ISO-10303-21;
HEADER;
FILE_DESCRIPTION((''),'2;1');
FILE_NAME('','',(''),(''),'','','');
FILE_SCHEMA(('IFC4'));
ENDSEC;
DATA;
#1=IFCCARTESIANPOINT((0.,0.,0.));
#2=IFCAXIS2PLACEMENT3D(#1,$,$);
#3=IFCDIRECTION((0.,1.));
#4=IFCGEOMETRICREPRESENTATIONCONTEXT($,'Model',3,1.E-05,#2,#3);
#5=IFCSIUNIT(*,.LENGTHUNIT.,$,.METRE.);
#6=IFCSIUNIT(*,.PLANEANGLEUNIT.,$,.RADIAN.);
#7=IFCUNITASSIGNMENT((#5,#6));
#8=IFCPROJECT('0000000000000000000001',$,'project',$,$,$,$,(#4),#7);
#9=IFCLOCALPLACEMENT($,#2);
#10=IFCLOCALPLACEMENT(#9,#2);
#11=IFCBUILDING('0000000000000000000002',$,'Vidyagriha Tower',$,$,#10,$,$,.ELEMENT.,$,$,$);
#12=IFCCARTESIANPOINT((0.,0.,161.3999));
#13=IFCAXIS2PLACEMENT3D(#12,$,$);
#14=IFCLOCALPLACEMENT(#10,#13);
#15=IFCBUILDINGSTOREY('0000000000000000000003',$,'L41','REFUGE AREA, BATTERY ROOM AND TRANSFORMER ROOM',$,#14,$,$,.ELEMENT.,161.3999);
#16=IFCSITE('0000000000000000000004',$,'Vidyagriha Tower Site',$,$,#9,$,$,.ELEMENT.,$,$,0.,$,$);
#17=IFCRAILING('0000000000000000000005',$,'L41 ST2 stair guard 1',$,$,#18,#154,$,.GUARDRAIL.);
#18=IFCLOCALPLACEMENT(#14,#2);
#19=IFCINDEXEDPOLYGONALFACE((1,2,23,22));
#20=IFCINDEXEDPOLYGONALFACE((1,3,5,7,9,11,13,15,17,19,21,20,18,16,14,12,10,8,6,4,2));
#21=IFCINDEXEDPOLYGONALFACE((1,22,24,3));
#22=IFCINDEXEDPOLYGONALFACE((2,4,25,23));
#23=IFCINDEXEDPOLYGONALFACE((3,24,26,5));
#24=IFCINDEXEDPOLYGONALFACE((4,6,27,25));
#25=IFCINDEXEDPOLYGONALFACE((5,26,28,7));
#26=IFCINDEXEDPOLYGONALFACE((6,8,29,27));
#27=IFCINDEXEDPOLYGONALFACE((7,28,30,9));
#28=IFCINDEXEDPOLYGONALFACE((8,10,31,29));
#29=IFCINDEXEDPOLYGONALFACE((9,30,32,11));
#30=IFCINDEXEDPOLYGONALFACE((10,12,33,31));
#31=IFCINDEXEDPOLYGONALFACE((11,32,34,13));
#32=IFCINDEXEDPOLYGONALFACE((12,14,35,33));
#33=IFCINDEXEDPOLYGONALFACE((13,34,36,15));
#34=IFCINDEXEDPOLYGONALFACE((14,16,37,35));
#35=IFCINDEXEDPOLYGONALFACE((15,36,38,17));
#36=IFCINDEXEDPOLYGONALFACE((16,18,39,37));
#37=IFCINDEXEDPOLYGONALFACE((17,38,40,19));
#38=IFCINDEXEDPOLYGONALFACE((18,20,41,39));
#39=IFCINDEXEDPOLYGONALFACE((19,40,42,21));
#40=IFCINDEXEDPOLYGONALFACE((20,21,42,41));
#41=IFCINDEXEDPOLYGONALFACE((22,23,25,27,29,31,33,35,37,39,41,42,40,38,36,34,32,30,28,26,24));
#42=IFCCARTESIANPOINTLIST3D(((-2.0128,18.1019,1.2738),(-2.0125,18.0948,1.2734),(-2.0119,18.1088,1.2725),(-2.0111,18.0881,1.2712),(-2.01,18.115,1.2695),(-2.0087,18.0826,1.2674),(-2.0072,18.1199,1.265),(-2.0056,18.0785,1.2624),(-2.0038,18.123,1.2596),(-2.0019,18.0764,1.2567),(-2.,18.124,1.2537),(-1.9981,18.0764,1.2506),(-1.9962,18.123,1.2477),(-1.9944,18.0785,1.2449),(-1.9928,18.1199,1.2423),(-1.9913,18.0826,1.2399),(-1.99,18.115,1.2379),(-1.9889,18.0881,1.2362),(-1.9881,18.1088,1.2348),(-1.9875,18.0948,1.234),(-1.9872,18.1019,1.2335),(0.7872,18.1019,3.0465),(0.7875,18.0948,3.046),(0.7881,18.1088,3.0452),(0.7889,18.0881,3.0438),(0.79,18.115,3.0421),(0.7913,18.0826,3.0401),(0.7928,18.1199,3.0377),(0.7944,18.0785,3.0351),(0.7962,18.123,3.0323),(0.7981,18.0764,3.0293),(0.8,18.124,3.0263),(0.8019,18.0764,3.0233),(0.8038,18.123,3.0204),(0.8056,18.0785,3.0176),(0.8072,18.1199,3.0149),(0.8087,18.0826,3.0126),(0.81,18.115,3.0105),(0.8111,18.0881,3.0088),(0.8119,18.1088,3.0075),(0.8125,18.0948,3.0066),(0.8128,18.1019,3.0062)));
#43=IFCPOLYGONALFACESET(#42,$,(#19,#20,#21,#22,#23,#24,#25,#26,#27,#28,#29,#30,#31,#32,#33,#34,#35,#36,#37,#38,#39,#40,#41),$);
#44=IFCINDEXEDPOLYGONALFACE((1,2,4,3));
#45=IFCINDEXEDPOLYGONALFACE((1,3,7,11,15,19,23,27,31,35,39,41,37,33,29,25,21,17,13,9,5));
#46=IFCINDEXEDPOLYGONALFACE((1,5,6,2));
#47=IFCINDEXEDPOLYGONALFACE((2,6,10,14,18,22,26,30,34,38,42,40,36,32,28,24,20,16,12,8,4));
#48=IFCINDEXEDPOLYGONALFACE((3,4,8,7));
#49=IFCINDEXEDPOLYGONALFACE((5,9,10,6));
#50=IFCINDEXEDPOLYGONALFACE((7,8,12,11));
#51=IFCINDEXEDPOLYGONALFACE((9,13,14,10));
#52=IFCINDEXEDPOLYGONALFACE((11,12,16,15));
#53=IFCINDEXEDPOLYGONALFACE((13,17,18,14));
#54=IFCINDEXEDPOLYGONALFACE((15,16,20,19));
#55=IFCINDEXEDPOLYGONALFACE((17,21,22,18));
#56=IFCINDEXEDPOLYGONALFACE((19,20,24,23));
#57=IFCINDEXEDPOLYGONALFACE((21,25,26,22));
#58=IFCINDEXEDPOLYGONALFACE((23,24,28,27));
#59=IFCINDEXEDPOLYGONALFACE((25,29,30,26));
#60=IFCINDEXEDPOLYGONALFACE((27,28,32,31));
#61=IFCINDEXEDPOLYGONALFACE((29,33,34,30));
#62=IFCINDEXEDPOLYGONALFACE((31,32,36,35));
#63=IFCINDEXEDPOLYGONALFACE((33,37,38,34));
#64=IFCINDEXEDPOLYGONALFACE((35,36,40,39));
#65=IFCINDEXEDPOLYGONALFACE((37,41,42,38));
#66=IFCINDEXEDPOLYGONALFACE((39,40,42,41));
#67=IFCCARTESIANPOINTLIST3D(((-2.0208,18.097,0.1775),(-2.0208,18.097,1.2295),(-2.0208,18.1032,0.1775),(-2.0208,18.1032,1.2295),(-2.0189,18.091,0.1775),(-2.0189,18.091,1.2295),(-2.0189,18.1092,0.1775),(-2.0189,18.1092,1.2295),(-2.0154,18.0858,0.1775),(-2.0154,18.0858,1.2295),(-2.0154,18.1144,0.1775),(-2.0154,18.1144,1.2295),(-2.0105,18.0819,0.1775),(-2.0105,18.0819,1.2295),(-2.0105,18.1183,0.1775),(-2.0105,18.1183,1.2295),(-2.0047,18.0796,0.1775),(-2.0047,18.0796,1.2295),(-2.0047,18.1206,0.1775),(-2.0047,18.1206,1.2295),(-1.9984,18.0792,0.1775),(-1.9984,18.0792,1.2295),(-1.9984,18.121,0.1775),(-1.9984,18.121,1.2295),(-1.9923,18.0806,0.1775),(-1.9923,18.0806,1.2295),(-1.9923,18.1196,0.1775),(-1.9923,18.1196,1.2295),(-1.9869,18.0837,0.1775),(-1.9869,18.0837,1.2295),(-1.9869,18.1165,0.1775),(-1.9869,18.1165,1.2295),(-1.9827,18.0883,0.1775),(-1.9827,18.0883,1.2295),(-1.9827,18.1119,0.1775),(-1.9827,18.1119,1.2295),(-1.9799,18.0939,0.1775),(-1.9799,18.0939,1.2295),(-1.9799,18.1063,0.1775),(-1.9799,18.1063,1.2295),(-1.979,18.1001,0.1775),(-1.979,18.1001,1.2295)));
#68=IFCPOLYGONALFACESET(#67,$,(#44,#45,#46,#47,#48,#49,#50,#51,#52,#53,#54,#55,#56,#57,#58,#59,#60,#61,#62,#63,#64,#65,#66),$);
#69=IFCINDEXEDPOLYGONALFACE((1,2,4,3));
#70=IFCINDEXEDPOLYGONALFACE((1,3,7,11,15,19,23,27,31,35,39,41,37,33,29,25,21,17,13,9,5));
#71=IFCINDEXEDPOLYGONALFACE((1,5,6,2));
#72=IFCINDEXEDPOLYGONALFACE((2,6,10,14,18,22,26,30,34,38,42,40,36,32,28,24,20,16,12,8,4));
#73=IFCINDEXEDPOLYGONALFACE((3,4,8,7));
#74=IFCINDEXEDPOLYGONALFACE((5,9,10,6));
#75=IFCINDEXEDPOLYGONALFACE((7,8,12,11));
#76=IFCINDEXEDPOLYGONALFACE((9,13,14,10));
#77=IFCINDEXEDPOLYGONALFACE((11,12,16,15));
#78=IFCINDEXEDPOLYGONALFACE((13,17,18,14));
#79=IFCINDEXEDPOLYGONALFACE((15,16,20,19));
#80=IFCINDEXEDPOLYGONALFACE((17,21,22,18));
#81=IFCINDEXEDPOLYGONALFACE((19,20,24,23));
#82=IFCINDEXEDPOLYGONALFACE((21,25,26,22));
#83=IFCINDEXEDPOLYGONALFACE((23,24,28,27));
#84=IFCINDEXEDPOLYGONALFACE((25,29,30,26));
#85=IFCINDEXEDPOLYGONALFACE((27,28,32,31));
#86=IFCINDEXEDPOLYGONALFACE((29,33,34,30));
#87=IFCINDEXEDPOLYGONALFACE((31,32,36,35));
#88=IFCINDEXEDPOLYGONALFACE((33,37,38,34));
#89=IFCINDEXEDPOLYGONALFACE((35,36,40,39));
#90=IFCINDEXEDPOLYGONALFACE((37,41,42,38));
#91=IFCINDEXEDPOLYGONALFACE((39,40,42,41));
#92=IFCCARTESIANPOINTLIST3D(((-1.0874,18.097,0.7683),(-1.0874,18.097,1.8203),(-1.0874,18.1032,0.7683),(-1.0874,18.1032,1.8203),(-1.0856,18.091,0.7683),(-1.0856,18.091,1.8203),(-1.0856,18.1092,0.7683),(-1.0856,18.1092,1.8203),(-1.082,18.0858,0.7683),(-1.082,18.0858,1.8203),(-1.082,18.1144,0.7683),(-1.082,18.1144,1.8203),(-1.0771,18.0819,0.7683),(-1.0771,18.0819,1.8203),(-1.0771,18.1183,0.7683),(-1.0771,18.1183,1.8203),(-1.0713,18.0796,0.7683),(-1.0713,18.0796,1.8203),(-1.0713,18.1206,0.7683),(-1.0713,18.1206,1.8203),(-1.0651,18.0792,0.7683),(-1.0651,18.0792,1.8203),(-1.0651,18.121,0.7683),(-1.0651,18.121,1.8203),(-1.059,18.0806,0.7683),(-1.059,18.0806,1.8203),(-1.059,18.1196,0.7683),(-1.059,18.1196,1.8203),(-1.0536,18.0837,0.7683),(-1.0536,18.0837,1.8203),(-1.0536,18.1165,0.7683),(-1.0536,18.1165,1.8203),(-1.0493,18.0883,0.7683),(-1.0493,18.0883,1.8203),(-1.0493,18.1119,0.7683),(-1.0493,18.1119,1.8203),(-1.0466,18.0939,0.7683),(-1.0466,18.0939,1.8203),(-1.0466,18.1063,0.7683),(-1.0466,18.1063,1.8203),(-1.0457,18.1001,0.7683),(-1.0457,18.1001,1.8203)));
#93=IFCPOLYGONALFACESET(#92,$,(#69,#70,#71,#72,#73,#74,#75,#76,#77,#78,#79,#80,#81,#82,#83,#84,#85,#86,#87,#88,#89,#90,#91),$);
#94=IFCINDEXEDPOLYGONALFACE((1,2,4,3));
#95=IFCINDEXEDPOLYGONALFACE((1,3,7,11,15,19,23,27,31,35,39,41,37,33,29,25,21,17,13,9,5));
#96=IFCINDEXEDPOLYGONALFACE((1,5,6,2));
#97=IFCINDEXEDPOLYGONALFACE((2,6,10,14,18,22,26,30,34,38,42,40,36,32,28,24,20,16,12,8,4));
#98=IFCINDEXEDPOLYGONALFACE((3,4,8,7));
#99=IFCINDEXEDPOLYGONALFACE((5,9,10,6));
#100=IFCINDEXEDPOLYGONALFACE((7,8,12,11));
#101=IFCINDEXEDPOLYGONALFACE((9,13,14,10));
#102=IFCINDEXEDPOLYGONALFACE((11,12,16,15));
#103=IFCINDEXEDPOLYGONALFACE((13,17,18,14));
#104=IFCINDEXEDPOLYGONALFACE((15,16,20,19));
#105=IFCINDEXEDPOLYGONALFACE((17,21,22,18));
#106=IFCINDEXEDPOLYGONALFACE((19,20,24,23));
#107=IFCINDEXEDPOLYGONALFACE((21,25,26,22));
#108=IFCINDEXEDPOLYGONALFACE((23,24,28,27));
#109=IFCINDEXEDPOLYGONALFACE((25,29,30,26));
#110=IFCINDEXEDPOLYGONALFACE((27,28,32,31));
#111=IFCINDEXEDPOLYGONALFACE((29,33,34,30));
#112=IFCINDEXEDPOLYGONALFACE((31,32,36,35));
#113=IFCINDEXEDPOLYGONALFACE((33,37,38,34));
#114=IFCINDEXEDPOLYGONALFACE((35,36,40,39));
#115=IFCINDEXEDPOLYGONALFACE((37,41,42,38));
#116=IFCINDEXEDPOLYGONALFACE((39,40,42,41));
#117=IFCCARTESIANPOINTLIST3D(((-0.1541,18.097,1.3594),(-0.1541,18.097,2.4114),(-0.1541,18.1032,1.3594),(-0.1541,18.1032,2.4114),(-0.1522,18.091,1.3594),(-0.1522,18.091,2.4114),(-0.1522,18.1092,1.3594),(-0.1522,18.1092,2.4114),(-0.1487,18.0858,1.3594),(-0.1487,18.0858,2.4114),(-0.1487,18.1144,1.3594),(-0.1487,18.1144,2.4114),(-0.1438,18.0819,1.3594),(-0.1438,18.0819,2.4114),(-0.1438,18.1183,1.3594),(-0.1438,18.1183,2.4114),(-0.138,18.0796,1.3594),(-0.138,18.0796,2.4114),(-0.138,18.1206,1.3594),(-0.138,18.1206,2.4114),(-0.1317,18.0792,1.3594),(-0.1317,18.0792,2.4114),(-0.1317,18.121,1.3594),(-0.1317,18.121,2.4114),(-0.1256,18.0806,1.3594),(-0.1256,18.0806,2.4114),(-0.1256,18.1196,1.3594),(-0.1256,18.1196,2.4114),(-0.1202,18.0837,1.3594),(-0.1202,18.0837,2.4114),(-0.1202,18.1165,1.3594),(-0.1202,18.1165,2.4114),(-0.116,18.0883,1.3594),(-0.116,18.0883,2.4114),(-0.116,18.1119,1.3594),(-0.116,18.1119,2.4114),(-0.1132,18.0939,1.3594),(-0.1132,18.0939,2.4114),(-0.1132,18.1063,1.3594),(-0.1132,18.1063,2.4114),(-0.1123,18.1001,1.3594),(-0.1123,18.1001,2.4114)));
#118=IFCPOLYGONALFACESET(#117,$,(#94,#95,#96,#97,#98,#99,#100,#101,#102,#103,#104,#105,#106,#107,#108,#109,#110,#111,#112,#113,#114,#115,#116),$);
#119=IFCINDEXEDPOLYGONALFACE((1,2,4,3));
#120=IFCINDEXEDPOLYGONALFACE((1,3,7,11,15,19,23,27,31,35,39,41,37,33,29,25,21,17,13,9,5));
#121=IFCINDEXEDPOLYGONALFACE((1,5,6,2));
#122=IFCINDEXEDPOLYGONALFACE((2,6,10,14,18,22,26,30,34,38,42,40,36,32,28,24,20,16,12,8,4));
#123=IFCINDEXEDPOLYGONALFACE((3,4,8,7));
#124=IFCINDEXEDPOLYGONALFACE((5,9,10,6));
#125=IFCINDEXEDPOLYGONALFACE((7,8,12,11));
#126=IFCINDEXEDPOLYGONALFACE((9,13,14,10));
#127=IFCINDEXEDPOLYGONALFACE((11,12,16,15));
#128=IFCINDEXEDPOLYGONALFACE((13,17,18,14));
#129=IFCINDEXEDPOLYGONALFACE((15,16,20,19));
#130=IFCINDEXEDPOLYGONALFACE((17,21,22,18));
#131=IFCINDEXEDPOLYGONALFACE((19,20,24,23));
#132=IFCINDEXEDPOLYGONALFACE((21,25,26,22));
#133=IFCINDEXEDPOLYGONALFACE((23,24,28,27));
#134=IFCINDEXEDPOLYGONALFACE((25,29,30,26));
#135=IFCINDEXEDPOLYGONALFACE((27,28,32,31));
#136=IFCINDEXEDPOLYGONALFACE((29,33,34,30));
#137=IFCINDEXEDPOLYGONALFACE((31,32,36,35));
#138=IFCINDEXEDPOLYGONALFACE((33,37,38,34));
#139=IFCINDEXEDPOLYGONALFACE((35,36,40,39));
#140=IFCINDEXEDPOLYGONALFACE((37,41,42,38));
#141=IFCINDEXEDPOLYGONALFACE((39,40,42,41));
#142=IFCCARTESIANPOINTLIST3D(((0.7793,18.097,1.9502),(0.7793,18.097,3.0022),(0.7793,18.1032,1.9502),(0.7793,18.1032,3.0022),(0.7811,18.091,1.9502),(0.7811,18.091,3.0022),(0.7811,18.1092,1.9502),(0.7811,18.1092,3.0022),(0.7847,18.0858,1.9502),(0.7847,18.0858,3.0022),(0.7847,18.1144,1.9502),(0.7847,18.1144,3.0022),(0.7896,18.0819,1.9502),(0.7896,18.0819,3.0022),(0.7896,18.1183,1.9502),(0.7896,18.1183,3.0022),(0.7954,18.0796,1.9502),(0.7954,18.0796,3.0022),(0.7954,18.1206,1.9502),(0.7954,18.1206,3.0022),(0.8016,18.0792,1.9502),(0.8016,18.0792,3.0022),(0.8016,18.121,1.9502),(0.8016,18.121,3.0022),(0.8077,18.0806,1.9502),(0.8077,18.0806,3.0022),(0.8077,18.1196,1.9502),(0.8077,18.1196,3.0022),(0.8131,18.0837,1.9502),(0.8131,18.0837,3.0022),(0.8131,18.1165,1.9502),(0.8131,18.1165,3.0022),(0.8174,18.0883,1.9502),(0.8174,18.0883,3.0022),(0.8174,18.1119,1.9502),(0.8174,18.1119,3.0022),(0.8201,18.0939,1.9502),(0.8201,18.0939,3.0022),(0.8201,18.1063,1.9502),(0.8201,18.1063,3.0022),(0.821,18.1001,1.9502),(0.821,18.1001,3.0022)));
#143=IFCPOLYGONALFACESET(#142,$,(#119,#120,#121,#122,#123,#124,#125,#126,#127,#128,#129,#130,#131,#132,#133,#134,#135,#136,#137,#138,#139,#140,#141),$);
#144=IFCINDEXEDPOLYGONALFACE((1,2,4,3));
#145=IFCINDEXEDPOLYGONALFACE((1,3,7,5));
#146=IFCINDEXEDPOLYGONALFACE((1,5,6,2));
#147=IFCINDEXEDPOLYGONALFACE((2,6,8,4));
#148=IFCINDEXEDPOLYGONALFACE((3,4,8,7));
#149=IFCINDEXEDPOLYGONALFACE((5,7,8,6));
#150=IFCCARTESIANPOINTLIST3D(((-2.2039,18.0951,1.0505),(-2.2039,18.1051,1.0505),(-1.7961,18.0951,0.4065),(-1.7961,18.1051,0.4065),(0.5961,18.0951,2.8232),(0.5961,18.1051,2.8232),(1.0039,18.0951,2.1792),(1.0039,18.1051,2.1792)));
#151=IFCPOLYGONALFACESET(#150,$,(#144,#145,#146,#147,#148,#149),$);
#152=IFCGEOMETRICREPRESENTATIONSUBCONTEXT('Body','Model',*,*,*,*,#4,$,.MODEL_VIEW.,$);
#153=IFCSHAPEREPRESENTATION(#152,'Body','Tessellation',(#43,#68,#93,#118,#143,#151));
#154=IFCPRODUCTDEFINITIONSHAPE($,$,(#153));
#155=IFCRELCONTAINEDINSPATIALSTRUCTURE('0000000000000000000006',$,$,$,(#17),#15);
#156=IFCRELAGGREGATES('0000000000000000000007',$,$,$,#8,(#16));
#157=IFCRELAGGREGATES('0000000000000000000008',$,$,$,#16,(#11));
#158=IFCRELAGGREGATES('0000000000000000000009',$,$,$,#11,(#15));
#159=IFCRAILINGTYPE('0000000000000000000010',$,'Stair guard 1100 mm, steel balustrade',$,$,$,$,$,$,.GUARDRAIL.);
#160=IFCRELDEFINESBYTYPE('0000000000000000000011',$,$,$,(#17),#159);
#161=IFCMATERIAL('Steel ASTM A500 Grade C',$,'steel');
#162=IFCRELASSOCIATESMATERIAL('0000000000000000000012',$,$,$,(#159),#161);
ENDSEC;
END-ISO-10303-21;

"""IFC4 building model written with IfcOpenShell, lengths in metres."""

from ifc_helpers import new_model, si_unit, direction, frame, origin, origin_2d, place, context, subcontext, project, spatial, rectangle, circle, extrude, material, type_object, element, save


model = new_model("IFC4")

# Units and contexts
model_context = context("Model", 3, precision=1e-05, world=origin(), true_north=direction((0.0, 1.0)))
body_context = subcontext(model_context, "Body", "Model", "MODEL_VIEW")
ifc_project = project(units=[si_unit("LENGTHUNIT", "METRE"), si_unit("PLANEANGLEUNIT", "RADIAN")], contexts=[model_context])

# Site, building, storey
site_placement = place(None, origin())
site = spatial("IfcSite", under=ifc_project, at=site_placement, Name="Vidyagriha Tower Site", CompositionType="ELEMENT", RefElevation=0.0)
building_placement = place(site_placement, origin())
building = spatial("IfcBuilding", under=site, at=building_placement, Name="Vidyagriha Tower", CompositionType="ELEMENT")
storey_placement = place(building_placement, frame((0.0, 0.0, 161.3999)))
storey = spatial("IfcBuildingStorey", under=building, at=storey_placement, Name="L41", Description="REFUGE AREA, BATTERY ROOM AND TRANSFORMER ROOM", CompositionType="ELEMENT", Elevation=161.3999)

# Railing
ifc_material_1 = material(Name="Steel ASTM A500 Grade C", Category="steel")
railing_type_1 = type_object("IfcRailingType", Name="Stair guard 1100 mm, steel balustrade", PredefinedType="GUARDRAIL", material=ifc_material_1)
railing_1_placement = place(storey_placement, frame((-2.0, 18.1001, 0.1775)))
element("IfcRailing", 1, at=railing_1_placement, inside=storey, type_object=railing_type_1, Name="L41 ST2 stair guard 1", PredefinedType="GUARDRAIL", context=body_context, shape_type="SweptSolid", body=[
    extrude(circle(Radius=0.0239, at=origin_2d()), frame((0.0, 0.0, 1.0762), z_axis=(0.844909, 0.0, 0.53491), x_axis=(0.0, 1.0, 0.0)), (0.0, 0.0, 1.0), 3.314),
    extrude(circle(Radius=0.021, at=origin_2d()), origin(), (0.0, 0.0, 1.0), 1.052),
    extrude(circle(Radius=0.021, at=origin_2d()), frame((0.9333, 0.0, 0.5908)), (0.0, 0.0, 1.0), 1.052),
    extrude(circle(Radius=0.021, at=origin_2d()), frame((1.8667, 0.0, 1.1819)), (0.0, 0.0, 1.0), 1.052),
    extrude(circle(Radius=0.021, at=origin_2d()), frame((2.8, 0.0, 1.7727)), (0.0, 0.0, 1.0), 1.052),
    extrude(rectangle(XDim=0.01, YDim=0.7622, at=origin_2d()), frame((0.0, 0.0, 0.551), z_axis=(0.844909, 0.0, 0.53491), x_axis=(0.0, 1.0, 0.0)), (0.0, 0.0, 1.0), 3.314),
])

save(model, "model.ifc")
